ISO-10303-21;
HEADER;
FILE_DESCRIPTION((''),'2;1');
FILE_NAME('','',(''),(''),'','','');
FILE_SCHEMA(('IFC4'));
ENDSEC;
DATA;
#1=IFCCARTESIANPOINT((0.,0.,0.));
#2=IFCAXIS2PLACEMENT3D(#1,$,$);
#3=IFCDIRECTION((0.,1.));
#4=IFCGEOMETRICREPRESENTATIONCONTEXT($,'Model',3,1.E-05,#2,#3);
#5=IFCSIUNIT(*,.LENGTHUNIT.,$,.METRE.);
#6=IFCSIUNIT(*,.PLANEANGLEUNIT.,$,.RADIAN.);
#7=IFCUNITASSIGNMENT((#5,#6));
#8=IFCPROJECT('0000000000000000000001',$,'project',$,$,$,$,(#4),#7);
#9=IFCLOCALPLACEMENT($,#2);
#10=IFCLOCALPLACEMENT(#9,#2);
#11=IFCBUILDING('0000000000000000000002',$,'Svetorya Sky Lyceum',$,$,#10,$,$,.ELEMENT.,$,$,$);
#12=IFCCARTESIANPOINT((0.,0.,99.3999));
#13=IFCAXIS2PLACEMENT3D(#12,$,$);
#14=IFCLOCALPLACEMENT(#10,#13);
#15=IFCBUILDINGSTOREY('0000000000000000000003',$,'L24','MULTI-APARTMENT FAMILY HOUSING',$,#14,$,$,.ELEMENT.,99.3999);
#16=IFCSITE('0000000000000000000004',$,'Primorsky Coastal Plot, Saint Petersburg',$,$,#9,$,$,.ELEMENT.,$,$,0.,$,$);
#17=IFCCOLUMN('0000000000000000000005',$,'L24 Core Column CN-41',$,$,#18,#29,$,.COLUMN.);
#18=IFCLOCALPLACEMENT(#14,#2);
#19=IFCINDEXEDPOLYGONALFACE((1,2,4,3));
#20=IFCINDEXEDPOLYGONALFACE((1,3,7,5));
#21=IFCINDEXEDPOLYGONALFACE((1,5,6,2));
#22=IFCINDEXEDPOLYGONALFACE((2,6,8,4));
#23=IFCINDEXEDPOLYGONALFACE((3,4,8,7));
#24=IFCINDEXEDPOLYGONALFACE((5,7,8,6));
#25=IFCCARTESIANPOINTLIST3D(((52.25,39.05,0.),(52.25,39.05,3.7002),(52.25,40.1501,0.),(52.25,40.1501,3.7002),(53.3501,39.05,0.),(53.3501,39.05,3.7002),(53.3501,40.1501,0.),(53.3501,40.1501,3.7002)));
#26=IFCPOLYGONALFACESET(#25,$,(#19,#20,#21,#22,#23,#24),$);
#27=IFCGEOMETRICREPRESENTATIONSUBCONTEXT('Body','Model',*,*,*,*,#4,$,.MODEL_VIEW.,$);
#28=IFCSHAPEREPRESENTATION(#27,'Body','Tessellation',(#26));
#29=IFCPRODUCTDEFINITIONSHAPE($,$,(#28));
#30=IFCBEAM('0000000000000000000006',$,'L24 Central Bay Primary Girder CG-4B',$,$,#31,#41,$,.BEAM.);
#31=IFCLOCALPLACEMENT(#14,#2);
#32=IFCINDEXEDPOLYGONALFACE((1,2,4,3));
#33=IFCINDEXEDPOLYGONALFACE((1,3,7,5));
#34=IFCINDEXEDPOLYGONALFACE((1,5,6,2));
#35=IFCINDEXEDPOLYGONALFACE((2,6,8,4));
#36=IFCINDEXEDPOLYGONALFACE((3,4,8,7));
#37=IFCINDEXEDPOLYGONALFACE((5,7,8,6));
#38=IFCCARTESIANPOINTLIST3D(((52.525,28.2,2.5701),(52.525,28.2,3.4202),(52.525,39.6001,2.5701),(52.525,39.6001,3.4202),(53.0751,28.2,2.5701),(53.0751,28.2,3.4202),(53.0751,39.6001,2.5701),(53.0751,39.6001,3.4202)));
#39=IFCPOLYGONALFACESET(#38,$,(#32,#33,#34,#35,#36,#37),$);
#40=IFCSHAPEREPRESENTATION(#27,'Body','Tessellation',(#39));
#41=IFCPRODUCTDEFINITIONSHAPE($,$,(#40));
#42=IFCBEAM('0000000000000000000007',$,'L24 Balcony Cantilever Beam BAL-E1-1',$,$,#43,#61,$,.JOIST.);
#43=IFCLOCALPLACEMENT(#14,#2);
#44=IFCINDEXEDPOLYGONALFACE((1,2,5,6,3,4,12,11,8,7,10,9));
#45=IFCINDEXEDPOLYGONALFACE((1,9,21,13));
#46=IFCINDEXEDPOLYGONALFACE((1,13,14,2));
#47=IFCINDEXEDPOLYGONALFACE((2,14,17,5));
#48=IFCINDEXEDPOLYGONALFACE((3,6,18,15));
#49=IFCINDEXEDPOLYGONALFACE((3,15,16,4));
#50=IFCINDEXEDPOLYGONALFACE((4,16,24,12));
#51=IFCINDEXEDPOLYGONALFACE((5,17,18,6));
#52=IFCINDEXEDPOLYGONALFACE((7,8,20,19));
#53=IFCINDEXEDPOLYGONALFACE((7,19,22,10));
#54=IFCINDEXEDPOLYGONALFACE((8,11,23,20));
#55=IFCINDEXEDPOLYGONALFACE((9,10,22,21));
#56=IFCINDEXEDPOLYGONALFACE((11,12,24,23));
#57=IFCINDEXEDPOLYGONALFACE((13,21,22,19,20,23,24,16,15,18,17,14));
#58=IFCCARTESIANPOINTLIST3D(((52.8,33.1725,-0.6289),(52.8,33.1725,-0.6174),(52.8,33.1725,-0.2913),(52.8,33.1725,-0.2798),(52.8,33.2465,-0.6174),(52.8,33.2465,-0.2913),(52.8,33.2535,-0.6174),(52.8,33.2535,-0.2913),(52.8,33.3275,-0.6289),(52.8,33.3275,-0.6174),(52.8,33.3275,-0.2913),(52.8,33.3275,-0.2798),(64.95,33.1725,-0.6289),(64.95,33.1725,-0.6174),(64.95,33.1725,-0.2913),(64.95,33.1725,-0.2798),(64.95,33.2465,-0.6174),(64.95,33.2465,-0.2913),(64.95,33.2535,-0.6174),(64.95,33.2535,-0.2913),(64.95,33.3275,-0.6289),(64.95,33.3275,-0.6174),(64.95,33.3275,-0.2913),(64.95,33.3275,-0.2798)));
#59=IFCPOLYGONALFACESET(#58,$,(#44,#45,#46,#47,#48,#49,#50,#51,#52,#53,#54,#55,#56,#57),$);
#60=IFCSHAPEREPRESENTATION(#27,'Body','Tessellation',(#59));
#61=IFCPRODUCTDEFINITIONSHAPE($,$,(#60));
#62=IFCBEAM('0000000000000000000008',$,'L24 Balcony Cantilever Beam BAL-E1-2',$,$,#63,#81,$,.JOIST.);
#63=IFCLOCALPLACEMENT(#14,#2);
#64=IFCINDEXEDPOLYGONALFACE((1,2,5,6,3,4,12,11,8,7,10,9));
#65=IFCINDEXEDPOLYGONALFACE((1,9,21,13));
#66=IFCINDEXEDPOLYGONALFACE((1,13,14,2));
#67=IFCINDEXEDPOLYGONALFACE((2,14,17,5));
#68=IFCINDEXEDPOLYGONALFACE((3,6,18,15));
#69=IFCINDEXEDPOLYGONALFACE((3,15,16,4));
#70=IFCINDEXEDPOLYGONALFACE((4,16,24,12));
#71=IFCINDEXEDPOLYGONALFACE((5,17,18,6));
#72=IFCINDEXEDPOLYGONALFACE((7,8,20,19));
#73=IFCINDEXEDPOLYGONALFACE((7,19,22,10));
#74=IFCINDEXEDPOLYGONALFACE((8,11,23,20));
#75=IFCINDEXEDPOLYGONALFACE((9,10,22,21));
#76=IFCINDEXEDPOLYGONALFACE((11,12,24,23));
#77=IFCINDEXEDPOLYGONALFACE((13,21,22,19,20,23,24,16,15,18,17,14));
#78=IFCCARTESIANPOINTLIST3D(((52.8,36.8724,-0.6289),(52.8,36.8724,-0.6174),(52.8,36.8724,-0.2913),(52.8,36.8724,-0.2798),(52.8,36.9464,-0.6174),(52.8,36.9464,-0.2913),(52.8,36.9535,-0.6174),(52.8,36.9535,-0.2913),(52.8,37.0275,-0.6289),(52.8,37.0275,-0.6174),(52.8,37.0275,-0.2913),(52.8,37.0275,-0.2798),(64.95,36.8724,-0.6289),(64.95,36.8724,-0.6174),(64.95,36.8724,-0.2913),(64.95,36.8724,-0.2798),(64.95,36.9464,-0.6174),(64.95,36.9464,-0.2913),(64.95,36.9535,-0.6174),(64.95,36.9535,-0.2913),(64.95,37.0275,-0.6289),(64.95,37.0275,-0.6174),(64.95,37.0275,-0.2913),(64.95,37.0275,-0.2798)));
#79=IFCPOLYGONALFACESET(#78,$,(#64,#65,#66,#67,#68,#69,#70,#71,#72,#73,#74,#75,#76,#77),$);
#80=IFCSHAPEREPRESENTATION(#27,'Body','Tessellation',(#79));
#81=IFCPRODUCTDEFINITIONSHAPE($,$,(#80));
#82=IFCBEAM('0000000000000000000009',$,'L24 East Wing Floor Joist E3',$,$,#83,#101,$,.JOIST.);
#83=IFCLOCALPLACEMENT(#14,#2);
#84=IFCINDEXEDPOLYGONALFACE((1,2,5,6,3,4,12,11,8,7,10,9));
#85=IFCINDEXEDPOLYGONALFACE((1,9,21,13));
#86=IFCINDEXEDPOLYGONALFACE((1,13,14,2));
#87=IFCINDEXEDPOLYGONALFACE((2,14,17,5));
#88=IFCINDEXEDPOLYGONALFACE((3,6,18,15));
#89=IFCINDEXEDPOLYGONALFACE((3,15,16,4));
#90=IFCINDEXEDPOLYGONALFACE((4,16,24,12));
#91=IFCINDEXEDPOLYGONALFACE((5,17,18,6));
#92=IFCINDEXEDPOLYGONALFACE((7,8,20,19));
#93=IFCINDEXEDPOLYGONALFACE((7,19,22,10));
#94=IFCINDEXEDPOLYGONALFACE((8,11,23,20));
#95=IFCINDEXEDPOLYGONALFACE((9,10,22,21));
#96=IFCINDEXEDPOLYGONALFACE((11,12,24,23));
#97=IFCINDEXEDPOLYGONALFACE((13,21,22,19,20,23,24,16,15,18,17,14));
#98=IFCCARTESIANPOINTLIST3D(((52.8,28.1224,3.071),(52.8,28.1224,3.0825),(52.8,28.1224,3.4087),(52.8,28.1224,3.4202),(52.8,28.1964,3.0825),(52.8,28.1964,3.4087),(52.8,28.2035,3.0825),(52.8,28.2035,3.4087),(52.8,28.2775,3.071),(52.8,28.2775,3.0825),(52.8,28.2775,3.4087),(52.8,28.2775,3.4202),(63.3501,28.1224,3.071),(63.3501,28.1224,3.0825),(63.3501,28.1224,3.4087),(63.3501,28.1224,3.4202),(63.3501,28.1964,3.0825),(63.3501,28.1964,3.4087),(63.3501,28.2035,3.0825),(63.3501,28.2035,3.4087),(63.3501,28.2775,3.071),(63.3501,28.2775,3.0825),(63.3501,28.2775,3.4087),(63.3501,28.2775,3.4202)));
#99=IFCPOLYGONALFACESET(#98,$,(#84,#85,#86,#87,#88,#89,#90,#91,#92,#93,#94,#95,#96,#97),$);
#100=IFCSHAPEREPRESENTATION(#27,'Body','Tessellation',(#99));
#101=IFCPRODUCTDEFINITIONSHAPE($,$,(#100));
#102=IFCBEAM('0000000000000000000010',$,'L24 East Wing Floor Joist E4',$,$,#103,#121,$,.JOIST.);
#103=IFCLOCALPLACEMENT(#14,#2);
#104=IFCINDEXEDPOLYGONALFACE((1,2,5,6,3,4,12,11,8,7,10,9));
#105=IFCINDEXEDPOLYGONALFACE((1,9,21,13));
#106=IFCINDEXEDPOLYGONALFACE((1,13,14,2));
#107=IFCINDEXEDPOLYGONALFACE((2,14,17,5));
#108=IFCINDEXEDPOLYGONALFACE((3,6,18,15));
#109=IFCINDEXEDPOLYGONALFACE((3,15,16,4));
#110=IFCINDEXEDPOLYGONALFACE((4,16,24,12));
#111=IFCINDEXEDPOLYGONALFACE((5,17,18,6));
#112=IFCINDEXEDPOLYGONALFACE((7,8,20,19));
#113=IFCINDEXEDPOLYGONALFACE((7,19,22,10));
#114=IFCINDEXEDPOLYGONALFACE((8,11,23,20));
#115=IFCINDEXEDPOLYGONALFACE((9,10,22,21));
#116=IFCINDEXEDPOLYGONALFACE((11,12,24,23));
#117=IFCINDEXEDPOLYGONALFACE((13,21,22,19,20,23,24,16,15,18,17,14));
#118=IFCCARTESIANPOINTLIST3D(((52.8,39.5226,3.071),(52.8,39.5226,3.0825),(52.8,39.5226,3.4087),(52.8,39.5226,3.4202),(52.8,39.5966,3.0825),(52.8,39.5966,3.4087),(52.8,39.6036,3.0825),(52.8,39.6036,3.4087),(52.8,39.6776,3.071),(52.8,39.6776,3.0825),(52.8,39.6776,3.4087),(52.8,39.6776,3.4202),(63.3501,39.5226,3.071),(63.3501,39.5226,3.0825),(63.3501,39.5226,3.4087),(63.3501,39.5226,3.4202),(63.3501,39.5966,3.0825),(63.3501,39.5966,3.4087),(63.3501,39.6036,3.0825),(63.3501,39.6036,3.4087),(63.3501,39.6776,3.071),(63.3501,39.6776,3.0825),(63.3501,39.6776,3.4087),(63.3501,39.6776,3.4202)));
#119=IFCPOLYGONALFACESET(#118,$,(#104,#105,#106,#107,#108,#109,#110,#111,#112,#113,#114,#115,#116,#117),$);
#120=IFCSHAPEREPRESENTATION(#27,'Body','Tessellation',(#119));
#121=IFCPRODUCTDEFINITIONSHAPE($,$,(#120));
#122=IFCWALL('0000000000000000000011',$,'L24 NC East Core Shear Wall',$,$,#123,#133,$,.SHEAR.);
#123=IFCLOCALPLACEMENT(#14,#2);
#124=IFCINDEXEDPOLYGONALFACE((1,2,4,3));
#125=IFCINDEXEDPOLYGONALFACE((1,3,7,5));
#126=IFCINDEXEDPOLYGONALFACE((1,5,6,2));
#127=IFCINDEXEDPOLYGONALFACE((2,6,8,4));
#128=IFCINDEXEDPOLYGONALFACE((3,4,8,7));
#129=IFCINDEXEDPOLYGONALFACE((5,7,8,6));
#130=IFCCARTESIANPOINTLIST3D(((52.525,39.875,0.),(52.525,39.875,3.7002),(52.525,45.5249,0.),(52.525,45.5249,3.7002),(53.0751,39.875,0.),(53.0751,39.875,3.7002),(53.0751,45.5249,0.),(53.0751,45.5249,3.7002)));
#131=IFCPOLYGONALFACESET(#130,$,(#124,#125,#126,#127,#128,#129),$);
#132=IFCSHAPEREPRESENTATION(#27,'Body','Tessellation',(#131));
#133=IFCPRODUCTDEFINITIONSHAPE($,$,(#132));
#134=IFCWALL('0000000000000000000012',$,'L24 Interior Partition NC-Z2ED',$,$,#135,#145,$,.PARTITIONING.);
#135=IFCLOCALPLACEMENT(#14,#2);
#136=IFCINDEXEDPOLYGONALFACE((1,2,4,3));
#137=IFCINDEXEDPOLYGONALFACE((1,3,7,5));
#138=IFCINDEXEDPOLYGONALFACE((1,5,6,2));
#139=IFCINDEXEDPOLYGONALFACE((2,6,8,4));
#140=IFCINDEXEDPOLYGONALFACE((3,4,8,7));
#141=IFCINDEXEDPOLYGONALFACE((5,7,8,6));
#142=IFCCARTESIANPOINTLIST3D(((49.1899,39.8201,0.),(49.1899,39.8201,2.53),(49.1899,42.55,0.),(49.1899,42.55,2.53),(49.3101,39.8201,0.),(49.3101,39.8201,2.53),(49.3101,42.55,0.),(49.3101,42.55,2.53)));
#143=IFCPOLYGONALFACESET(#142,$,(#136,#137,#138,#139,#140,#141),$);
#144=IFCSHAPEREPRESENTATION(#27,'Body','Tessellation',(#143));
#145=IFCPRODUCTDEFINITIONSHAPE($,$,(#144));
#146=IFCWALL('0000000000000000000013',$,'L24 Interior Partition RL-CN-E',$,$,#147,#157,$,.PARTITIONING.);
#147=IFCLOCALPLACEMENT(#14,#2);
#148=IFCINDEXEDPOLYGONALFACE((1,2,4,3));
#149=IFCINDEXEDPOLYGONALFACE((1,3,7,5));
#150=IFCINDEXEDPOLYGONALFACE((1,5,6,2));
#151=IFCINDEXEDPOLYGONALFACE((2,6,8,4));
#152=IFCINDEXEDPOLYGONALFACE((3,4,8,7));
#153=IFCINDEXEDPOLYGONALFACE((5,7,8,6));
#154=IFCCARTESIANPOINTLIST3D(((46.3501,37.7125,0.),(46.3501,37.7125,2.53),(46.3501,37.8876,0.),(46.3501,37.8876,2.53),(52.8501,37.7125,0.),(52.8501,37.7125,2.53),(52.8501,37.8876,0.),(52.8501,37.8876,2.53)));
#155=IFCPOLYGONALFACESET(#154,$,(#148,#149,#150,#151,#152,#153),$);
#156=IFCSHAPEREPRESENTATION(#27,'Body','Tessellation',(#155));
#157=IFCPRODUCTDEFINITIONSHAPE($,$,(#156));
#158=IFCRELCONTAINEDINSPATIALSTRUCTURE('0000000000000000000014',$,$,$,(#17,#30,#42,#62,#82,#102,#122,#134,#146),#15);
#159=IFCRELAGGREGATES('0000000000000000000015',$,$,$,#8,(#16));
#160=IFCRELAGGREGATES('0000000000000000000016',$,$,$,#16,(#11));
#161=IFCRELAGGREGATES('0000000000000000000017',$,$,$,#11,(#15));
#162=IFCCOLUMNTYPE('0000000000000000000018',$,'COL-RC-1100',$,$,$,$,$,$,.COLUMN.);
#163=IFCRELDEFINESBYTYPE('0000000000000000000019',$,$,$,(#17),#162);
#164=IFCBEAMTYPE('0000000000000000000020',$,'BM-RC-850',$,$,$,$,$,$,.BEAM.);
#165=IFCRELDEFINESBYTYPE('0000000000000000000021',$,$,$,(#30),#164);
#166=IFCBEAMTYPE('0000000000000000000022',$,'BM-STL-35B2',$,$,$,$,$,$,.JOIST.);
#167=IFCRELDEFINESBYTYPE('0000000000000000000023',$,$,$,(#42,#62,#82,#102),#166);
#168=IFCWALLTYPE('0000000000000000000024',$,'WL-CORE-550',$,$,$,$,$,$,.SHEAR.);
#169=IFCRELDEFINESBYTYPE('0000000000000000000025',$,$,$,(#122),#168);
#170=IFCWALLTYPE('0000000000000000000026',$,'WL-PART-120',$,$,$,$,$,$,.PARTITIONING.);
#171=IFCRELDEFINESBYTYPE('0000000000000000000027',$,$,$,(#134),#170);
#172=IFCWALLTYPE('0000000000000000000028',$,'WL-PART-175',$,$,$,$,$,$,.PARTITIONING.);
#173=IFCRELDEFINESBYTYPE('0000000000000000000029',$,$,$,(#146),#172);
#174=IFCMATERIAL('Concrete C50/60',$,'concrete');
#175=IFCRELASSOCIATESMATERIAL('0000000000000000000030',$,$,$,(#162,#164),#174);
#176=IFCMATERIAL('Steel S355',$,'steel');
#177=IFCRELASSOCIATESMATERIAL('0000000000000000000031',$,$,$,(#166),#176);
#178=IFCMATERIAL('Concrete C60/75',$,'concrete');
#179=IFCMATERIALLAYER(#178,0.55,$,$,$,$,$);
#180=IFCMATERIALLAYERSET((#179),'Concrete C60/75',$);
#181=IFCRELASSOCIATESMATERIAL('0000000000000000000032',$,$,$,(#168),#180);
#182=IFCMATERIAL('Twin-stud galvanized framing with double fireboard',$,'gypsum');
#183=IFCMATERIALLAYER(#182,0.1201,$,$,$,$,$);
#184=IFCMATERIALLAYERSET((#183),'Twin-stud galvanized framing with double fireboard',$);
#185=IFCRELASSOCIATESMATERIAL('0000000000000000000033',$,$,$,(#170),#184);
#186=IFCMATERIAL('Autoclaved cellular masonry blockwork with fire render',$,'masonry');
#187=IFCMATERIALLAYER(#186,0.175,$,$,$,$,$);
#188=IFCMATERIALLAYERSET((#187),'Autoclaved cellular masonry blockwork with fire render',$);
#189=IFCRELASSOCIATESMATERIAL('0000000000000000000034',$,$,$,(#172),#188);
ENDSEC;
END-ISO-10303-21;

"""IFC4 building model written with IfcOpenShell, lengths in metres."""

from ifc_helpers import new_model, si_unit, direction, frame, frame_2d, origin, origin_2d, place, context, subcontext, project, spatial, rectangle, i_section, extrude, material, layer, layer_set, material_profile, profile_set, type_object, element, save


model = new_model("IFC4")

# Units and contexts
model_context = context("Model", 3, precision=1e-05, world=origin(), true_north=direction((0.0, 1.0)))
body_context = subcontext(model_context, "Body", "Model", "MODEL_VIEW")
ifc_project = project(units=[si_unit("LENGTHUNIT", "METRE"), si_unit("PLANEANGLEUNIT", "RADIAN")], contexts=[model_context])

# Site, building, storey
site_placement = place(None, origin())
site = spatial("IfcSite", under=ifc_project, at=site_placement, Name="Primorsky Coastal Plot, Saint Petersburg", CompositionType="ELEMENT", RefElevation=0.0)
building_placement = place(site_placement, origin())
building = spatial("IfcBuilding", under=site, at=building_placement, Name="Svetorya Sky Lyceum", CompositionType="ELEMENT")
storey_placement = place(building_placement, frame((0.0, 0.0, 99.3999)))
storey = spatial("IfcBuildingStorey", under=building, at=storey_placement, Name="L24", Description="MULTI-APARTMENT FAMILY HOUSING", CompositionType="ELEMENT", Elevation=99.3999)

# Column
ifc_material_1 = material(Name="Concrete C50/60", Category="concrete")
ifc_material_profile_1 = material_profile(ifc_material_1, rectangle(XDim=1.1001, YDim=1.1001, at=origin_2d()), Name="RC COL 1100x1100")
ifc_profile_set_1 = profile_set([ifc_material_profile_1], Name="Concrete C50/60")
column_type = type_object("IfcColumnType", Name="COL-RC-1100", PredefinedType="COLUMN", material=ifc_profile_set_1)
column_placement = place(storey_placement, frame((52.8, 39.6001, 0.0), z_axis=(0.0, 0.0, 1.0), x_axis=(1.0, 0.0, 0.0)))
element("IfcColumn", 1, at=column_placement, inside=storey, type_object=column_type, Name="L24 Core Column CN-41", PredefinedType="COLUMN", context=body_context, shape_type="SweptSolid", body=[
    extrude(rectangle(XDim=1.1001, YDim=1.1001, at=origin_2d()), origin(), (0.0, 0.0, 1.0), 3.7002),
])

# Beams
ifc_material_profile_2 = material_profile(ifc_material_1, rectangle(XDim=0.55, YDim=0.8501, at=origin_2d()), Name="RC BEAM 550x850")
ifc_profile_set_2 = profile_set([ifc_material_profile_2], Name="Concrete C50/60")
beam_type_1 = type_object("IfcBeamType", Name="BM-RC-850", PredefinedType="BEAM", material=ifc_profile_set_2)
beam_placement = place(storey_placement, frame((52.8, 28.2, 2.9951), z_axis=(0.0, 1.0, 0.0), x_axis=(-1.0, 0.0, 0.0)))
element("IfcBeam", 2, at=beam_placement, inside=storey, type_object=beam_type_1, Name="L24 Central Bay Primary Girder CG-4B", PredefinedType="BEAM", context=body_context, shape_type="SweptSolid", body=[
    extrude(rectangle(XDim=0.55, YDim=0.8501, at=origin_2d()), origin(), (0.0, 0.0, 1.0), 11.4001),
])
ifc_material_2 = material(Name="Steel S355", Category="steel")
ifc_material_profile_3 = material_profile(ifc_material_2, i_section(OverallWidth=0.155, OverallDepth=0.3491, WebThickness=0.0071, FlangeThickness=0.0115, at=origin_2d()), Name="GOST 35B2")
ifc_profile_set_3 = profile_set([ifc_material_profile_3], Name="Steel S355")
beam_type_2 = type_object("IfcBeamType", Name="BM-STL-35B2", PredefinedType="JOIST", material=ifc_profile_set_3)
for number, where, z_axis, x_axis, name in (
    (3, (52.8, 33.25, -0.4543), (1.0, 0.0, 0.0), (0.0, 1.0, 0.0), "L24 Balcony Cantilever Beam BAL-E1-1"),
    (4, (52.8, 36.95, -0.4543), (1.0, 0.0, 0.0), (0.0, 1.0, 0.0), "L24 Balcony Cantilever Beam BAL-E1-2"),
):
    element("IfcBeam", number, at=place(storey_placement, frame(where, z_axis=z_axis, x_axis=x_axis)), inside=storey, type_object=beam_type_2, Name=name, PredefinedType="JOIST", context=body_context, shape_type="SweptSolid", body=[
        extrude(i_section(OverallWidth=0.155, OverallDepth=0.3491, WebThickness=0.0071, FlangeThickness=0.0115, at=origin_2d()), origin(), (0.0, 0.0, 1.0), 12.1499),
    ])
for number, where, z_axis, x_axis, name in (
    (5, (52.8, 28.2, 3.2456), (1.0, 0.0, 0.0), (0.0, 1.0, 0.0), "L24 East Wing Floor Joist E3"),
    (6, (52.8, 39.6001, 3.2456), (1.0, 0.0, 0.0), (0.0, 1.0, 0.0), "L24 East Wing Floor Joist E4"),
):
    element("IfcBeam", number, at=place(storey_placement, frame(where, z_axis=z_axis, x_axis=x_axis)), inside=storey, type_object=beam_type_2, Name=name, PredefinedType="JOIST", context=body_context, shape_type="SweptSolid", body=[
        extrude(i_section(OverallWidth=0.155, OverallDepth=0.3491, WebThickness=0.0071, FlangeThickness=0.0115, at=origin_2d()), origin(), (0.0, 0.0, 1.0), 10.55),
    ])

# Wall
ifc_material_3 = material(Name="Concrete C60/75", Category="concrete")
ifc_layer_1 = layer(ifc_material_3, 0.55)
ifc_layer_set_1 = layer_set([ifc_layer_1], Name="Concrete C60/75")
wall_type_1 = type_object("IfcWallType", Name="WL-CORE-550", PredefinedType="SHEAR", material=ifc_layer_set_1)
wall_1_placement = place(storey_placement, frame((52.8, 39.875, 0.0), z_axis=(0.0, 0.0, 1.0), x_axis=(0.0, 1.0, 0.0)))
element("IfcWall", 7, at=wall_1_placement, inside=storey, type_object=wall_type_1, Name="L24 NC East Core Shear Wall", PredefinedType="SHEAR", context=body_context, shape_type="SweptSolid", body=[
    extrude(rectangle(XDim=5.6499, YDim=0.55, at=frame_2d((2.825, 0.0))), origin(), (0.0, 0.0, 1.0), 3.7002),
])

# Walls
ifc_material_4 = material(Name="Twin-stud galvanized framing with double fireboard", Category="gypsum")
ifc_layer_2 = layer(ifc_material_4, 0.1201)
ifc_layer_set_2 = layer_set([ifc_layer_2], Name="Twin-stud galvanized framing with double fireboard")
wall_type_2 = type_object("IfcWallType", Name="WL-PART-120", PredefinedType="PARTITIONING", material=ifc_layer_set_2)
wall_2_placement = place(storey_placement, frame((49.25, 39.8201, 0.0), z_axis=(0.0, 0.0, 1.0), x_axis=(0.0, 1.0, 0.0)))
element("IfcWall", 8, at=wall_2_placement, inside=storey, type_object=wall_type_2, Name="L24 Interior Partition NC-Z2ED", PredefinedType="PARTITIONING", context=body_context, shape_type="SweptSolid", body=[
    extrude(rectangle(XDim=2.73, YDim=0.1201, at=frame_2d((1.365, 0.0))), origin(), (0.0, 0.0, 1.0), 2.53),
])
ifc_material_5 = material(Name="Autoclaved cellular masonry blockwork with fire render", Category="masonry")
ifc_layer_3 = layer(ifc_material_5, 0.175)
ifc_layer_set_3 = layer_set([ifc_layer_3], Name="Autoclaved cellular masonry blockwork with fire render")
wall_type_3 = type_object("IfcWallType", Name="WL-PART-175", PredefinedType="PARTITIONING", material=ifc_layer_set_3)
wall_3_placement = place(storey_placement, frame((46.3501, 37.8, 0.0), z_axis=(0.0, 0.0, 1.0), x_axis=(1.0, 0.0, 0.0)))
element("IfcWall", 9, at=wall_3_placement, inside=storey, type_object=wall_type_3, Name="L24 Interior Partition RL-CN-E", PredefinedType="PARTITIONING", context=body_context, shape_type="SweptSolid", body=[
    extrude(rectangle(XDim=6.5, YDim=0.175, at=frame_2d((3.25, 0.0))), origin(), (0.0, 0.0, 1.0), 2.53),
])

save(model, "model.ifc")
